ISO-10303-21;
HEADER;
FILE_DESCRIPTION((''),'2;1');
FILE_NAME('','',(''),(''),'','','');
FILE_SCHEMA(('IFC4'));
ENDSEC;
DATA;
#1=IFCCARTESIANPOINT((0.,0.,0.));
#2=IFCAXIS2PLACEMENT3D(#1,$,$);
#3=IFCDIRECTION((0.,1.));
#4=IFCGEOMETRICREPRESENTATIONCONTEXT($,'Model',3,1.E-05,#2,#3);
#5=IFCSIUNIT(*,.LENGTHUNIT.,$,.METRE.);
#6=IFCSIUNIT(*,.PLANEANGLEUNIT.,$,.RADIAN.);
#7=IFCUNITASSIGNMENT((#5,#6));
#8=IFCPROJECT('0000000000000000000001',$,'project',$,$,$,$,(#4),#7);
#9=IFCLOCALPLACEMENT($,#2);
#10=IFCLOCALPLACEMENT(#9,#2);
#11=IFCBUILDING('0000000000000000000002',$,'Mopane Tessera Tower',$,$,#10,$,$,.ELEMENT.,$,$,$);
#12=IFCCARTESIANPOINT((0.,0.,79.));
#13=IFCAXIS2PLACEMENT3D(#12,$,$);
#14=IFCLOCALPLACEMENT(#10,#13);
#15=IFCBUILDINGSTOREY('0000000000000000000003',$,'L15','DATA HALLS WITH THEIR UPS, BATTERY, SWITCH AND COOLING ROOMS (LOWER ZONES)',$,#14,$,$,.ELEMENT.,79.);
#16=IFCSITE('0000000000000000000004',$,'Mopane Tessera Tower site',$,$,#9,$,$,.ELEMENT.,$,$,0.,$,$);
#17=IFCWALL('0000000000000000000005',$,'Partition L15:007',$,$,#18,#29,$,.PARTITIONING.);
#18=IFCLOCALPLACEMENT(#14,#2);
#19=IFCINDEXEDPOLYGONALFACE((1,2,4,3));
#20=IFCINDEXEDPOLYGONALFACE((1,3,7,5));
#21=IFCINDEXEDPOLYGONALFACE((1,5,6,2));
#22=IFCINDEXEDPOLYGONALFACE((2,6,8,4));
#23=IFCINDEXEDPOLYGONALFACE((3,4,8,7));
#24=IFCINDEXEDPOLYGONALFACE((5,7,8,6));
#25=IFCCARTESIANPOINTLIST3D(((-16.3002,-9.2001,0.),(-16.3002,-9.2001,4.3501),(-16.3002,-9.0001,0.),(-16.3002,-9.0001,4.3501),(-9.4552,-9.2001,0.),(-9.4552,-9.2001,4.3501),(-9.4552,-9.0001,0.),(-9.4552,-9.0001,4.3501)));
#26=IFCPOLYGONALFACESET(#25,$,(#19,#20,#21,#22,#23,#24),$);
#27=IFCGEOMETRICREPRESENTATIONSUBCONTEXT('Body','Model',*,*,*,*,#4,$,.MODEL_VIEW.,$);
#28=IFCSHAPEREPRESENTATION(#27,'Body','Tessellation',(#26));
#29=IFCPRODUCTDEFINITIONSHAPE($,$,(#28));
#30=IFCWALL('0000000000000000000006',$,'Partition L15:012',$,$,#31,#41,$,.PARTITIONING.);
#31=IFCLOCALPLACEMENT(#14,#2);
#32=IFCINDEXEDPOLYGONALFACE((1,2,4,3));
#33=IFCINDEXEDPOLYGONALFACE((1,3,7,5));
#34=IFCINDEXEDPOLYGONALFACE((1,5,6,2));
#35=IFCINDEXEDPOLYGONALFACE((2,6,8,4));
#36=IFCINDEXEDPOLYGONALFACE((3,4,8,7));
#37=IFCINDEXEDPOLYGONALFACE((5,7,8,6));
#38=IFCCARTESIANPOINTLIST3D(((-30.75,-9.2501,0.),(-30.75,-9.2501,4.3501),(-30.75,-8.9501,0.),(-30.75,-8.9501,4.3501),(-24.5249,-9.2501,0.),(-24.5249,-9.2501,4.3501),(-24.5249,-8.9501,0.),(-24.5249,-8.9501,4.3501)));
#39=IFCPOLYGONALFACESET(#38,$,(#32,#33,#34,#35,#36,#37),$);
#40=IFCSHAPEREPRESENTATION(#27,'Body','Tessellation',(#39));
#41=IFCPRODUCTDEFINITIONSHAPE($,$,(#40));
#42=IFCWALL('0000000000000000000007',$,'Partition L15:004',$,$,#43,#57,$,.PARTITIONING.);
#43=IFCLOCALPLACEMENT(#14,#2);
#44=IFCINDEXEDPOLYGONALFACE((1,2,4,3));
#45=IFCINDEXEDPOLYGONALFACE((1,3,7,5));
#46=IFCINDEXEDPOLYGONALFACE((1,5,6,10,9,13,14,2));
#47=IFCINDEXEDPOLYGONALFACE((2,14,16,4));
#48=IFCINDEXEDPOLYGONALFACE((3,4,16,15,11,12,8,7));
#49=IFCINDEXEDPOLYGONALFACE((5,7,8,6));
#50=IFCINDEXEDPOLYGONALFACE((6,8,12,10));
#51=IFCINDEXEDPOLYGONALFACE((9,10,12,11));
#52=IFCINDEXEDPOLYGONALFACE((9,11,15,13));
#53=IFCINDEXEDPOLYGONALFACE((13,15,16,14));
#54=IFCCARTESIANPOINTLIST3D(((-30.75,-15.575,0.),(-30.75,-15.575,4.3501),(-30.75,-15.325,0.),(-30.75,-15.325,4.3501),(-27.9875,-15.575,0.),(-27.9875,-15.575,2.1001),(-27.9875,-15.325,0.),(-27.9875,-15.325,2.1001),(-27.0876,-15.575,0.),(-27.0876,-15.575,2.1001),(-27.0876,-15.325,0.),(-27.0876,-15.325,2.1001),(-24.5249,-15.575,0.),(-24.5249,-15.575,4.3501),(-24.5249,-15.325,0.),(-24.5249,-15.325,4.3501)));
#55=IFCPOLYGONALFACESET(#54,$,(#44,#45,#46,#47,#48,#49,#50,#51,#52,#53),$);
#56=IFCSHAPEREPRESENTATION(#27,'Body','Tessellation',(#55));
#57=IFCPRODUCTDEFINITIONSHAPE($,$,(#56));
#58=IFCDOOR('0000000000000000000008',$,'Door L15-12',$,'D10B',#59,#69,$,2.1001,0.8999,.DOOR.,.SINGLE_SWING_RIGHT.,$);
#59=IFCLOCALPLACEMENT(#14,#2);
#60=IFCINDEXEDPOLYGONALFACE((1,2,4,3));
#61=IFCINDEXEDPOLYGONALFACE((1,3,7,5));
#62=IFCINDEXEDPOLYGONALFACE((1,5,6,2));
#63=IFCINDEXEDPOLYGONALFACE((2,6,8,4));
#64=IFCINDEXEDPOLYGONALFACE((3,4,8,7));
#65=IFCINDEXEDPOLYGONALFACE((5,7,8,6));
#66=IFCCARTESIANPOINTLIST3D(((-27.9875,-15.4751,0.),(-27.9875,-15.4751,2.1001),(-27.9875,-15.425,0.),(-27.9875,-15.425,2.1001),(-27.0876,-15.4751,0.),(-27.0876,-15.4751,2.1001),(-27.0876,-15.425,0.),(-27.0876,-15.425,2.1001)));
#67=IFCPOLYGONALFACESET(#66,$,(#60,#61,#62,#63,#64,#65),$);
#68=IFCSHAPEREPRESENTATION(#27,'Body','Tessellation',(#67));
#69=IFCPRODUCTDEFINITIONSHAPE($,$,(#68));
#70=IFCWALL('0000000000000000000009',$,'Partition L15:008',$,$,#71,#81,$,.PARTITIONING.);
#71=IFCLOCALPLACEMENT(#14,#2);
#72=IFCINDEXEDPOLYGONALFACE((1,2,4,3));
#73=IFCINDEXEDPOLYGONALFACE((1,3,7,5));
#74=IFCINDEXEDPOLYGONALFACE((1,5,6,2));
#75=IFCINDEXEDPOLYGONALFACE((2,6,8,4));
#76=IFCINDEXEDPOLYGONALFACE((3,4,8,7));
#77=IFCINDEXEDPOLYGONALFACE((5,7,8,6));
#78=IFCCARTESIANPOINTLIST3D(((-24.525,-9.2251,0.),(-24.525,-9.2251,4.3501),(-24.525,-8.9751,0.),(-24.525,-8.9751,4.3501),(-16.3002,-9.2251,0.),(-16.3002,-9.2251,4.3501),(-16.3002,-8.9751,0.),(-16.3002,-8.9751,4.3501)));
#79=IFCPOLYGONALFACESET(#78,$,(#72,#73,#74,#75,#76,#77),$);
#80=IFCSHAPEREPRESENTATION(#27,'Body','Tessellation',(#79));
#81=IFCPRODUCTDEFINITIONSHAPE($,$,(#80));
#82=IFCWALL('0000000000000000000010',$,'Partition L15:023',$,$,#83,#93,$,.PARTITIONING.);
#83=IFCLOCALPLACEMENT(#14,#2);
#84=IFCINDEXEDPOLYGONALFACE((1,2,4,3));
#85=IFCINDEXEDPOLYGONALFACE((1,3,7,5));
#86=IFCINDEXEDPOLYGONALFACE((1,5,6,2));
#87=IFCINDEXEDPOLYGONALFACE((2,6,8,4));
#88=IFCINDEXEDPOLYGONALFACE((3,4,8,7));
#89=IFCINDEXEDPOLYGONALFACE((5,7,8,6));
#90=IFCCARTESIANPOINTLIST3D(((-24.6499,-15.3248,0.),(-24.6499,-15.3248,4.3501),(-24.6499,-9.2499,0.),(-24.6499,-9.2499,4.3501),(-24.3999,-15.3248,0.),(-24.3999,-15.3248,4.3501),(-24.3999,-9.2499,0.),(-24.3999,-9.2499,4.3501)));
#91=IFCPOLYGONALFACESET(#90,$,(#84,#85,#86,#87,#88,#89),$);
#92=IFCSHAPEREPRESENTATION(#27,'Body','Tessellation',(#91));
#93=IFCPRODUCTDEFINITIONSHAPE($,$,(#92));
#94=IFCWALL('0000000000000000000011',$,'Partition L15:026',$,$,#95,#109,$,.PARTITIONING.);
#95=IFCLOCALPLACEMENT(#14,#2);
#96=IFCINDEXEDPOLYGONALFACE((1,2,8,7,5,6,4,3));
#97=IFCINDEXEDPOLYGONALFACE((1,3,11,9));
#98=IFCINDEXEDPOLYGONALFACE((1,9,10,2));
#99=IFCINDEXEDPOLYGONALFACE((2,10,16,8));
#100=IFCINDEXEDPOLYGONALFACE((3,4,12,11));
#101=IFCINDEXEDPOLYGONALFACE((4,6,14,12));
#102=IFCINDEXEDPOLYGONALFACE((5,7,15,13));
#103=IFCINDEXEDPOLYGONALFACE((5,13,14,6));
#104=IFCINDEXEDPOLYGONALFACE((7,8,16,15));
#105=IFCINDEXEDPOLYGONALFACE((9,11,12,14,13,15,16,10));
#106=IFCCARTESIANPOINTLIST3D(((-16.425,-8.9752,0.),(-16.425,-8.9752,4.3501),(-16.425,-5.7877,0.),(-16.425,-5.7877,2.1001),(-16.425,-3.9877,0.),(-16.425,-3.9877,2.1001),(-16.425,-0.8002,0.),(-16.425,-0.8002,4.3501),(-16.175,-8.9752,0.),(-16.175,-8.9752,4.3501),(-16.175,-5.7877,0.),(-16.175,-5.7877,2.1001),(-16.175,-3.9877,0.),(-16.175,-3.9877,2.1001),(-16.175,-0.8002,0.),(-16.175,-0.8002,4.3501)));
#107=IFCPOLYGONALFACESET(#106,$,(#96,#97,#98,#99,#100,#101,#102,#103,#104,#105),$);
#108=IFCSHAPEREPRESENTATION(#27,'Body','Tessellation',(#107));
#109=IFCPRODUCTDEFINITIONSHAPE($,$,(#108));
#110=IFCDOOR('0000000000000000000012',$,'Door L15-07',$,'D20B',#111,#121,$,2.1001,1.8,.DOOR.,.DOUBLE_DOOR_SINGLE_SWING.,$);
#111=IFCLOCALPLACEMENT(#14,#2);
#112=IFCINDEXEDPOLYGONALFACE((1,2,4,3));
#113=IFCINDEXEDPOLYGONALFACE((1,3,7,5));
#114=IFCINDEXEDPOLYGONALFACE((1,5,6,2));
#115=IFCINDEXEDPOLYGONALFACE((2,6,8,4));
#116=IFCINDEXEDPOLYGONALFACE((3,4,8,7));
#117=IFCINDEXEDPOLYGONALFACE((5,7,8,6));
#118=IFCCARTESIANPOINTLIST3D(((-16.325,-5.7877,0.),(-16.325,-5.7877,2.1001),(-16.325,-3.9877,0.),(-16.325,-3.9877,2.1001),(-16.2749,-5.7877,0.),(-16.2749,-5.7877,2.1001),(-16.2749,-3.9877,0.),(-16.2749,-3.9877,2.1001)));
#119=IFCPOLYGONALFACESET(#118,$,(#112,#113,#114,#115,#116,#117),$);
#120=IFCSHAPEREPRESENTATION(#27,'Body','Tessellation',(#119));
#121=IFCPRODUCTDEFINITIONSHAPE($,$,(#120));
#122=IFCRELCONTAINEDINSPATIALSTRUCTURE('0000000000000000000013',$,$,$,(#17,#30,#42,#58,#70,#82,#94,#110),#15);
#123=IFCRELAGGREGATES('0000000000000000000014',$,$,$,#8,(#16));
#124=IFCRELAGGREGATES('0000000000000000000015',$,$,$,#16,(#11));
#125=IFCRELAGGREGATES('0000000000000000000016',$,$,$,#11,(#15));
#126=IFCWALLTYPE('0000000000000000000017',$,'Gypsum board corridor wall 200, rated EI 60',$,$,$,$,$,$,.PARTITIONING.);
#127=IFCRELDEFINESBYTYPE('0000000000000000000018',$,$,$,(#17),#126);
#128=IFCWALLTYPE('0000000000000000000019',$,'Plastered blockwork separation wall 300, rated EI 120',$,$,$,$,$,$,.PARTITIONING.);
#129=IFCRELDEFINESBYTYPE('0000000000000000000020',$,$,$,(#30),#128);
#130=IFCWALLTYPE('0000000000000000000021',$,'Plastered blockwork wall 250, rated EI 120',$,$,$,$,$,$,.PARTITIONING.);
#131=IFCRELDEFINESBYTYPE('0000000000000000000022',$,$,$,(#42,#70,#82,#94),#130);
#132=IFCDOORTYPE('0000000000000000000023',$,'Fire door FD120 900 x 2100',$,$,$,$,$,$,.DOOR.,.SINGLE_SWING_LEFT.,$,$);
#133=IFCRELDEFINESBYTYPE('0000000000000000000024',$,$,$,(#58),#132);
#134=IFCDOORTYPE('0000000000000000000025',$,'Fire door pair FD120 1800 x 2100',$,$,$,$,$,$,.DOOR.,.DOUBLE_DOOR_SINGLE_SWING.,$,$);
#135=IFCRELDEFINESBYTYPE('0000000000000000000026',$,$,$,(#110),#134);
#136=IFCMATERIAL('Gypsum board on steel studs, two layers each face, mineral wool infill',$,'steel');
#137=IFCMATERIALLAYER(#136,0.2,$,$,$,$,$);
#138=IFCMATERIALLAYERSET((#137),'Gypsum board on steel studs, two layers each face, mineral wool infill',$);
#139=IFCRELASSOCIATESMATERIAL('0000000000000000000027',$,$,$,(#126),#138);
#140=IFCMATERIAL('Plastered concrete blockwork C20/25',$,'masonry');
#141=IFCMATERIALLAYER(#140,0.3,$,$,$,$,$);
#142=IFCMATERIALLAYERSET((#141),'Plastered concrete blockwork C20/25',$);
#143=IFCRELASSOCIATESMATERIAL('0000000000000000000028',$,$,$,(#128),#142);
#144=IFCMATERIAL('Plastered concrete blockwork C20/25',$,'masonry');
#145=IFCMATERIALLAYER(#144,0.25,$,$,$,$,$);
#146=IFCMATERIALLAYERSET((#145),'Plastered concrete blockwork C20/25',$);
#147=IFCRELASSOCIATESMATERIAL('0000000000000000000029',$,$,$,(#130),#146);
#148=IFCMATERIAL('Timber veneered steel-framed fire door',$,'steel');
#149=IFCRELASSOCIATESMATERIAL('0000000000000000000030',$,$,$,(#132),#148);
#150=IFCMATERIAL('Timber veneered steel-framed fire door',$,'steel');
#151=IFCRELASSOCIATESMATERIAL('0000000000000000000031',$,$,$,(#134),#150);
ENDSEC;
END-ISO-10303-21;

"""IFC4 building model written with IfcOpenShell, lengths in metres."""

from ifc_helpers import new_model, si_unit, direction, frame, frame_2d, origin, place, context, subcontext, project, spatial, rectangle, extrude, material, layer, layer_set, type_object, element, fill, save


model = new_model("IFC4")

# Units and contexts
model_context = context("Model", 3, precision=1e-05, world=origin(), true_north=direction((0.0, 1.0)))
body_context = subcontext(model_context, "Body", "Model", "MODEL_VIEW")
ifc_project = project(units=[si_unit("LENGTHUNIT", "METRE"), si_unit("PLANEANGLEUNIT", "RADIAN")], contexts=[model_context])

# Site, building, storey
site_placement = place(None, origin())
site = spatial("IfcSite", under=ifc_project, at=site_placement, Name="Mopane Tessera Tower site", CompositionType="ELEMENT", RefElevation=0.0)
building_placement = place(site_placement, origin())
building = spatial("IfcBuilding", under=site, at=building_placement, Name="Mopane Tessera Tower", CompositionType="ELEMENT")
storey_placement = place(building_placement, frame((0.0, 0.0, 79.0)))
storey = spatial("IfcBuildingStorey", under=building, at=storey_placement, Name="L15", Description="DATA HALLS WITH THEIR UPS, BATTERY, SWITCH AND COOLING ROOMS (LOWER ZONES)", CompositionType="ELEMENT", Elevation=79.0)

# Shared definitions
ifc_material_1 = material(Name="Gypsum board on steel studs, two layers each face, mineral wool infill", Category="steel")
ifc_layer_1 = layer(ifc_material_1, 0.2)
ifc_layer_set_1 = layer_set([ifc_layer_1], Name="Gypsum board on steel studs, two layers each face, mineral wool infill")
wall_type_1 = type_object("IfcWallType", Name="Gypsum board corridor wall 200, rated EI 60", PredefinedType="PARTITIONING", material=ifc_layer_set_1)

# Walls
wall_1_placement = place(storey_placement, frame((-16.3, -9.1001, 0.0), z_axis=(0.0, 0.0, 1.0), x_axis=(1.0, 0.0, 0.0)))
element("IfcWall", 1, at=wall_1_placement, inside=storey, type_object=wall_type_1, Name="Partition L15:007", PredefinedType="PARTITIONING", context=body_context, shape_type="SweptSolid", body=[
    extrude(rectangle(XDim=6.845, YDim=0.2, at=frame_2d((3.4224, 0.0))), origin(), (0.0, 0.0, 1.0), 4.3501),
])
ifc_material_2 = material(Name="Plastered concrete blockwork C20/25", Category="masonry")
ifc_layer_2 = layer(ifc_material_2, 0.3)
ifc_layer_set_2 = layer_set([ifc_layer_2], Name="Plastered concrete blockwork C20/25")
wall_type_2 = type_object("IfcWallType", Name="Plastered blockwork separation wall 300, rated EI 120", PredefinedType="PARTITIONING", material=ifc_layer_set_2)
wall_2_placement = place(storey_placement, frame((-30.75, -9.1001, 0.0), z_axis=(0.0, 0.0, 1.0), x_axis=(1.0, 0.0, 0.0)))
element("IfcWall", 2, at=wall_2_placement, inside=storey, type_object=wall_type_2, Name="Partition L15:012", PredefinedType="PARTITIONING", context=body_context, shape_type="SweptSolid", body=[
    extrude(rectangle(XDim=6.2251, YDim=0.3, at=frame_2d((3.1125, 0.0))), origin(), (0.0, 0.0, 1.0), 4.3501),
])

# Wall, opening, door
ifc_material_3 = material(Name="Plastered concrete blockwork C20/25", Category="masonry")
ifc_layer_3 = layer(ifc_material_3, 0.25)
ifc_layer_set_3 = layer_set([ifc_layer_3], Name="Plastered concrete blockwork C20/25")
wall_type_3 = type_object("IfcWallType", Name="Plastered blockwork wall 250, rated EI 120", PredefinedType="PARTITIONING", material=ifc_layer_set_3)
wall_3_placement = place(storey_placement, frame((-30.75, -15.45, 0.0), z_axis=(0.0, 0.0, 1.0), x_axis=(1.0, 0.0, 0.0)))
wall_3 = element("IfcWall", 3, at=wall_3_placement, inside=storey, type_object=wall_type_3, Name="Partition L15:004", PredefinedType="PARTITIONING", context=body_context, shape_type="SweptSolid", body=[
    extrude(rectangle(XDim=6.2251, YDim=0.25, at=frame_2d((3.1125, 0.0))), origin(), (0.0, 0.0, 1.0), 4.3501),
])
opening_1_placement = place(wall_3_placement, frame((2.7625, 0.0, 0.0)))
opening_1 = element("IfcOpeningElement", 4, at=opening_1_placement, cuts=wall_3, PredefinedType="OPENING", context=body_context, shape_type="SweptSolid", body=[
    extrude(rectangle(XDim=0.8999, YDim=2.1001, at=frame_2d((0.45, 1.05))), frame((0.0, 0.137, 0.0), z_axis=(0.0, -1.0, 0.0), x_axis=(1.0, 0.0, 0.0)), (0.0, 0.0, 1.0), 0.2739),
])
ifc_material_4 = material(Name="Timber veneered steel-framed fire door", Category="steel")
door_type_1 = type_object("IfcDoorType", Name="Fire door FD120 900 x 2100", OperationType="SINGLE_SWING_LEFT", PredefinedType="DOOR", material=ifc_material_4)
door_1_placement = place(opening_1_placement, origin())
door_1 = element("IfcDoor", 5, at=door_1_placement, inside=storey, type_object=door_type_1, Name="Door L15-12", ObjectType="D10B", OperationType="SINGLE_SWING_RIGHT", OverallHeight=2.1001, OverallWidth=0.8999, PredefinedType="DOOR", context=body_context, shape_type="SweptSolid", body=[
    extrude(rectangle(XDim=0.8999, YDim=2.1001, at=frame_2d((0.45, 1.05))), frame((0.0, 0.0249, 0.0), z_axis=(0.0, -1.0, 0.0), x_axis=(1.0, 0.0, 0.0)), (0.0, 0.0, 1.0), 0.05),
])
fill(opening_1, door_1)

# Walls
wall_4_placement = place(storey_placement, frame((-24.5249, -9.1001, 0.0), z_axis=(0.0, 0.0, 1.0), x_axis=(1.0, 0.0, 0.0)))
element("IfcWall", 6, at=wall_4_placement, inside=storey, type_object=wall_type_3, Name="Partition L15:008", PredefinedType="PARTITIONING", context=body_context, shape_type="SweptSolid", body=[
    extrude(rectangle(XDim=8.2249, YDim=0.25, at=frame_2d((4.1123, 0.0))), origin(), (0.0, 0.0, 1.0), 4.3501),
])
wall_5_placement = place(storey_placement, frame((-24.5249, -15.325, 0.0), z_axis=(0.0, 0.0, 1.0), x_axis=(0.0, 1.0, 0.0)))
element("IfcWall", 7, at=wall_5_placement, inside=storey, type_object=wall_type_3, Name="Partition L15:023", PredefinedType="PARTITIONING", context=body_context, shape_type="SweptSolid", body=[
    extrude(rectangle(XDim=6.075, YDim=0.25, at=frame_2d((3.0376, 0.0))), origin(), (0.0, 0.0, 1.0), 4.3501),
])

# Wall, opening, door
wall_6_placement = place(storey_placement, frame((-16.3, -8.9751, 0.0), z_axis=(0.0, 0.0, 1.0), x_axis=(0.0, 1.0, 0.0)))
wall_6 = element("IfcWall", 8, at=wall_6_placement, inside=storey, type_object=wall_type_3, Name="Partition L15:026", PredefinedType="PARTITIONING", context=body_context, shape_type="SweptSolid", body=[
    extrude(rectangle(XDim=8.175, YDim=0.25, at=frame_2d((4.0874, 0.0))), origin(), (0.0, 0.0, 1.0), 4.3501),
])
opening_2_placement = place(wall_6_placement, frame((3.1875, 0.0, 0.0)))
opening_2 = element("IfcOpeningElement", 9, at=opening_2_placement, cuts=wall_6, PredefinedType="OPENING", context=body_context, shape_type="SweptSolid", body=[
    extrude(rectangle(XDim=1.8, YDim=2.1001, at=frame_2d((0.8999, 1.05))), frame((0.0, 0.137, 0.0), z_axis=(0.0, -1.0, 0.0), x_axis=(1.0, 0.0, 0.0)), (0.0, 0.0, 1.0), 0.2739),
])
ifc_material_5 = material(Name="Timber veneered steel-framed fire door", Category="steel")
door_type_2 = type_object("IfcDoorType", Name="Fire door pair FD120 1800 x 2100", OperationType="DOUBLE_DOOR_SINGLE_SWING", PredefinedType="DOOR", material=ifc_material_5)
door_2_placement = place(opening_2_placement, origin())
door_2 = element("IfcDoor", 10, at=door_2_placement, inside=storey, type_object=door_type_2, Name="Door L15-07", ObjectType="D20B", OperationType="DOUBLE_DOOR_SINGLE_SWING", OverallHeight=2.1001, OverallWidth=1.8, PredefinedType="DOOR", context=body_context, shape_type="SweptSolid", body=[
    extrude(rectangle(XDim=1.8, YDim=2.1001, at=frame_2d((0.8999, 1.05))), frame((0.0, 0.0249, 0.0), z_axis=(0.0, -1.0, 0.0), x_axis=(1.0, 0.0, 0.0)), (0.0, 0.0, 1.0), 0.05),
])
fill(opening_2, door_2)

save(model, "model.ifc")
